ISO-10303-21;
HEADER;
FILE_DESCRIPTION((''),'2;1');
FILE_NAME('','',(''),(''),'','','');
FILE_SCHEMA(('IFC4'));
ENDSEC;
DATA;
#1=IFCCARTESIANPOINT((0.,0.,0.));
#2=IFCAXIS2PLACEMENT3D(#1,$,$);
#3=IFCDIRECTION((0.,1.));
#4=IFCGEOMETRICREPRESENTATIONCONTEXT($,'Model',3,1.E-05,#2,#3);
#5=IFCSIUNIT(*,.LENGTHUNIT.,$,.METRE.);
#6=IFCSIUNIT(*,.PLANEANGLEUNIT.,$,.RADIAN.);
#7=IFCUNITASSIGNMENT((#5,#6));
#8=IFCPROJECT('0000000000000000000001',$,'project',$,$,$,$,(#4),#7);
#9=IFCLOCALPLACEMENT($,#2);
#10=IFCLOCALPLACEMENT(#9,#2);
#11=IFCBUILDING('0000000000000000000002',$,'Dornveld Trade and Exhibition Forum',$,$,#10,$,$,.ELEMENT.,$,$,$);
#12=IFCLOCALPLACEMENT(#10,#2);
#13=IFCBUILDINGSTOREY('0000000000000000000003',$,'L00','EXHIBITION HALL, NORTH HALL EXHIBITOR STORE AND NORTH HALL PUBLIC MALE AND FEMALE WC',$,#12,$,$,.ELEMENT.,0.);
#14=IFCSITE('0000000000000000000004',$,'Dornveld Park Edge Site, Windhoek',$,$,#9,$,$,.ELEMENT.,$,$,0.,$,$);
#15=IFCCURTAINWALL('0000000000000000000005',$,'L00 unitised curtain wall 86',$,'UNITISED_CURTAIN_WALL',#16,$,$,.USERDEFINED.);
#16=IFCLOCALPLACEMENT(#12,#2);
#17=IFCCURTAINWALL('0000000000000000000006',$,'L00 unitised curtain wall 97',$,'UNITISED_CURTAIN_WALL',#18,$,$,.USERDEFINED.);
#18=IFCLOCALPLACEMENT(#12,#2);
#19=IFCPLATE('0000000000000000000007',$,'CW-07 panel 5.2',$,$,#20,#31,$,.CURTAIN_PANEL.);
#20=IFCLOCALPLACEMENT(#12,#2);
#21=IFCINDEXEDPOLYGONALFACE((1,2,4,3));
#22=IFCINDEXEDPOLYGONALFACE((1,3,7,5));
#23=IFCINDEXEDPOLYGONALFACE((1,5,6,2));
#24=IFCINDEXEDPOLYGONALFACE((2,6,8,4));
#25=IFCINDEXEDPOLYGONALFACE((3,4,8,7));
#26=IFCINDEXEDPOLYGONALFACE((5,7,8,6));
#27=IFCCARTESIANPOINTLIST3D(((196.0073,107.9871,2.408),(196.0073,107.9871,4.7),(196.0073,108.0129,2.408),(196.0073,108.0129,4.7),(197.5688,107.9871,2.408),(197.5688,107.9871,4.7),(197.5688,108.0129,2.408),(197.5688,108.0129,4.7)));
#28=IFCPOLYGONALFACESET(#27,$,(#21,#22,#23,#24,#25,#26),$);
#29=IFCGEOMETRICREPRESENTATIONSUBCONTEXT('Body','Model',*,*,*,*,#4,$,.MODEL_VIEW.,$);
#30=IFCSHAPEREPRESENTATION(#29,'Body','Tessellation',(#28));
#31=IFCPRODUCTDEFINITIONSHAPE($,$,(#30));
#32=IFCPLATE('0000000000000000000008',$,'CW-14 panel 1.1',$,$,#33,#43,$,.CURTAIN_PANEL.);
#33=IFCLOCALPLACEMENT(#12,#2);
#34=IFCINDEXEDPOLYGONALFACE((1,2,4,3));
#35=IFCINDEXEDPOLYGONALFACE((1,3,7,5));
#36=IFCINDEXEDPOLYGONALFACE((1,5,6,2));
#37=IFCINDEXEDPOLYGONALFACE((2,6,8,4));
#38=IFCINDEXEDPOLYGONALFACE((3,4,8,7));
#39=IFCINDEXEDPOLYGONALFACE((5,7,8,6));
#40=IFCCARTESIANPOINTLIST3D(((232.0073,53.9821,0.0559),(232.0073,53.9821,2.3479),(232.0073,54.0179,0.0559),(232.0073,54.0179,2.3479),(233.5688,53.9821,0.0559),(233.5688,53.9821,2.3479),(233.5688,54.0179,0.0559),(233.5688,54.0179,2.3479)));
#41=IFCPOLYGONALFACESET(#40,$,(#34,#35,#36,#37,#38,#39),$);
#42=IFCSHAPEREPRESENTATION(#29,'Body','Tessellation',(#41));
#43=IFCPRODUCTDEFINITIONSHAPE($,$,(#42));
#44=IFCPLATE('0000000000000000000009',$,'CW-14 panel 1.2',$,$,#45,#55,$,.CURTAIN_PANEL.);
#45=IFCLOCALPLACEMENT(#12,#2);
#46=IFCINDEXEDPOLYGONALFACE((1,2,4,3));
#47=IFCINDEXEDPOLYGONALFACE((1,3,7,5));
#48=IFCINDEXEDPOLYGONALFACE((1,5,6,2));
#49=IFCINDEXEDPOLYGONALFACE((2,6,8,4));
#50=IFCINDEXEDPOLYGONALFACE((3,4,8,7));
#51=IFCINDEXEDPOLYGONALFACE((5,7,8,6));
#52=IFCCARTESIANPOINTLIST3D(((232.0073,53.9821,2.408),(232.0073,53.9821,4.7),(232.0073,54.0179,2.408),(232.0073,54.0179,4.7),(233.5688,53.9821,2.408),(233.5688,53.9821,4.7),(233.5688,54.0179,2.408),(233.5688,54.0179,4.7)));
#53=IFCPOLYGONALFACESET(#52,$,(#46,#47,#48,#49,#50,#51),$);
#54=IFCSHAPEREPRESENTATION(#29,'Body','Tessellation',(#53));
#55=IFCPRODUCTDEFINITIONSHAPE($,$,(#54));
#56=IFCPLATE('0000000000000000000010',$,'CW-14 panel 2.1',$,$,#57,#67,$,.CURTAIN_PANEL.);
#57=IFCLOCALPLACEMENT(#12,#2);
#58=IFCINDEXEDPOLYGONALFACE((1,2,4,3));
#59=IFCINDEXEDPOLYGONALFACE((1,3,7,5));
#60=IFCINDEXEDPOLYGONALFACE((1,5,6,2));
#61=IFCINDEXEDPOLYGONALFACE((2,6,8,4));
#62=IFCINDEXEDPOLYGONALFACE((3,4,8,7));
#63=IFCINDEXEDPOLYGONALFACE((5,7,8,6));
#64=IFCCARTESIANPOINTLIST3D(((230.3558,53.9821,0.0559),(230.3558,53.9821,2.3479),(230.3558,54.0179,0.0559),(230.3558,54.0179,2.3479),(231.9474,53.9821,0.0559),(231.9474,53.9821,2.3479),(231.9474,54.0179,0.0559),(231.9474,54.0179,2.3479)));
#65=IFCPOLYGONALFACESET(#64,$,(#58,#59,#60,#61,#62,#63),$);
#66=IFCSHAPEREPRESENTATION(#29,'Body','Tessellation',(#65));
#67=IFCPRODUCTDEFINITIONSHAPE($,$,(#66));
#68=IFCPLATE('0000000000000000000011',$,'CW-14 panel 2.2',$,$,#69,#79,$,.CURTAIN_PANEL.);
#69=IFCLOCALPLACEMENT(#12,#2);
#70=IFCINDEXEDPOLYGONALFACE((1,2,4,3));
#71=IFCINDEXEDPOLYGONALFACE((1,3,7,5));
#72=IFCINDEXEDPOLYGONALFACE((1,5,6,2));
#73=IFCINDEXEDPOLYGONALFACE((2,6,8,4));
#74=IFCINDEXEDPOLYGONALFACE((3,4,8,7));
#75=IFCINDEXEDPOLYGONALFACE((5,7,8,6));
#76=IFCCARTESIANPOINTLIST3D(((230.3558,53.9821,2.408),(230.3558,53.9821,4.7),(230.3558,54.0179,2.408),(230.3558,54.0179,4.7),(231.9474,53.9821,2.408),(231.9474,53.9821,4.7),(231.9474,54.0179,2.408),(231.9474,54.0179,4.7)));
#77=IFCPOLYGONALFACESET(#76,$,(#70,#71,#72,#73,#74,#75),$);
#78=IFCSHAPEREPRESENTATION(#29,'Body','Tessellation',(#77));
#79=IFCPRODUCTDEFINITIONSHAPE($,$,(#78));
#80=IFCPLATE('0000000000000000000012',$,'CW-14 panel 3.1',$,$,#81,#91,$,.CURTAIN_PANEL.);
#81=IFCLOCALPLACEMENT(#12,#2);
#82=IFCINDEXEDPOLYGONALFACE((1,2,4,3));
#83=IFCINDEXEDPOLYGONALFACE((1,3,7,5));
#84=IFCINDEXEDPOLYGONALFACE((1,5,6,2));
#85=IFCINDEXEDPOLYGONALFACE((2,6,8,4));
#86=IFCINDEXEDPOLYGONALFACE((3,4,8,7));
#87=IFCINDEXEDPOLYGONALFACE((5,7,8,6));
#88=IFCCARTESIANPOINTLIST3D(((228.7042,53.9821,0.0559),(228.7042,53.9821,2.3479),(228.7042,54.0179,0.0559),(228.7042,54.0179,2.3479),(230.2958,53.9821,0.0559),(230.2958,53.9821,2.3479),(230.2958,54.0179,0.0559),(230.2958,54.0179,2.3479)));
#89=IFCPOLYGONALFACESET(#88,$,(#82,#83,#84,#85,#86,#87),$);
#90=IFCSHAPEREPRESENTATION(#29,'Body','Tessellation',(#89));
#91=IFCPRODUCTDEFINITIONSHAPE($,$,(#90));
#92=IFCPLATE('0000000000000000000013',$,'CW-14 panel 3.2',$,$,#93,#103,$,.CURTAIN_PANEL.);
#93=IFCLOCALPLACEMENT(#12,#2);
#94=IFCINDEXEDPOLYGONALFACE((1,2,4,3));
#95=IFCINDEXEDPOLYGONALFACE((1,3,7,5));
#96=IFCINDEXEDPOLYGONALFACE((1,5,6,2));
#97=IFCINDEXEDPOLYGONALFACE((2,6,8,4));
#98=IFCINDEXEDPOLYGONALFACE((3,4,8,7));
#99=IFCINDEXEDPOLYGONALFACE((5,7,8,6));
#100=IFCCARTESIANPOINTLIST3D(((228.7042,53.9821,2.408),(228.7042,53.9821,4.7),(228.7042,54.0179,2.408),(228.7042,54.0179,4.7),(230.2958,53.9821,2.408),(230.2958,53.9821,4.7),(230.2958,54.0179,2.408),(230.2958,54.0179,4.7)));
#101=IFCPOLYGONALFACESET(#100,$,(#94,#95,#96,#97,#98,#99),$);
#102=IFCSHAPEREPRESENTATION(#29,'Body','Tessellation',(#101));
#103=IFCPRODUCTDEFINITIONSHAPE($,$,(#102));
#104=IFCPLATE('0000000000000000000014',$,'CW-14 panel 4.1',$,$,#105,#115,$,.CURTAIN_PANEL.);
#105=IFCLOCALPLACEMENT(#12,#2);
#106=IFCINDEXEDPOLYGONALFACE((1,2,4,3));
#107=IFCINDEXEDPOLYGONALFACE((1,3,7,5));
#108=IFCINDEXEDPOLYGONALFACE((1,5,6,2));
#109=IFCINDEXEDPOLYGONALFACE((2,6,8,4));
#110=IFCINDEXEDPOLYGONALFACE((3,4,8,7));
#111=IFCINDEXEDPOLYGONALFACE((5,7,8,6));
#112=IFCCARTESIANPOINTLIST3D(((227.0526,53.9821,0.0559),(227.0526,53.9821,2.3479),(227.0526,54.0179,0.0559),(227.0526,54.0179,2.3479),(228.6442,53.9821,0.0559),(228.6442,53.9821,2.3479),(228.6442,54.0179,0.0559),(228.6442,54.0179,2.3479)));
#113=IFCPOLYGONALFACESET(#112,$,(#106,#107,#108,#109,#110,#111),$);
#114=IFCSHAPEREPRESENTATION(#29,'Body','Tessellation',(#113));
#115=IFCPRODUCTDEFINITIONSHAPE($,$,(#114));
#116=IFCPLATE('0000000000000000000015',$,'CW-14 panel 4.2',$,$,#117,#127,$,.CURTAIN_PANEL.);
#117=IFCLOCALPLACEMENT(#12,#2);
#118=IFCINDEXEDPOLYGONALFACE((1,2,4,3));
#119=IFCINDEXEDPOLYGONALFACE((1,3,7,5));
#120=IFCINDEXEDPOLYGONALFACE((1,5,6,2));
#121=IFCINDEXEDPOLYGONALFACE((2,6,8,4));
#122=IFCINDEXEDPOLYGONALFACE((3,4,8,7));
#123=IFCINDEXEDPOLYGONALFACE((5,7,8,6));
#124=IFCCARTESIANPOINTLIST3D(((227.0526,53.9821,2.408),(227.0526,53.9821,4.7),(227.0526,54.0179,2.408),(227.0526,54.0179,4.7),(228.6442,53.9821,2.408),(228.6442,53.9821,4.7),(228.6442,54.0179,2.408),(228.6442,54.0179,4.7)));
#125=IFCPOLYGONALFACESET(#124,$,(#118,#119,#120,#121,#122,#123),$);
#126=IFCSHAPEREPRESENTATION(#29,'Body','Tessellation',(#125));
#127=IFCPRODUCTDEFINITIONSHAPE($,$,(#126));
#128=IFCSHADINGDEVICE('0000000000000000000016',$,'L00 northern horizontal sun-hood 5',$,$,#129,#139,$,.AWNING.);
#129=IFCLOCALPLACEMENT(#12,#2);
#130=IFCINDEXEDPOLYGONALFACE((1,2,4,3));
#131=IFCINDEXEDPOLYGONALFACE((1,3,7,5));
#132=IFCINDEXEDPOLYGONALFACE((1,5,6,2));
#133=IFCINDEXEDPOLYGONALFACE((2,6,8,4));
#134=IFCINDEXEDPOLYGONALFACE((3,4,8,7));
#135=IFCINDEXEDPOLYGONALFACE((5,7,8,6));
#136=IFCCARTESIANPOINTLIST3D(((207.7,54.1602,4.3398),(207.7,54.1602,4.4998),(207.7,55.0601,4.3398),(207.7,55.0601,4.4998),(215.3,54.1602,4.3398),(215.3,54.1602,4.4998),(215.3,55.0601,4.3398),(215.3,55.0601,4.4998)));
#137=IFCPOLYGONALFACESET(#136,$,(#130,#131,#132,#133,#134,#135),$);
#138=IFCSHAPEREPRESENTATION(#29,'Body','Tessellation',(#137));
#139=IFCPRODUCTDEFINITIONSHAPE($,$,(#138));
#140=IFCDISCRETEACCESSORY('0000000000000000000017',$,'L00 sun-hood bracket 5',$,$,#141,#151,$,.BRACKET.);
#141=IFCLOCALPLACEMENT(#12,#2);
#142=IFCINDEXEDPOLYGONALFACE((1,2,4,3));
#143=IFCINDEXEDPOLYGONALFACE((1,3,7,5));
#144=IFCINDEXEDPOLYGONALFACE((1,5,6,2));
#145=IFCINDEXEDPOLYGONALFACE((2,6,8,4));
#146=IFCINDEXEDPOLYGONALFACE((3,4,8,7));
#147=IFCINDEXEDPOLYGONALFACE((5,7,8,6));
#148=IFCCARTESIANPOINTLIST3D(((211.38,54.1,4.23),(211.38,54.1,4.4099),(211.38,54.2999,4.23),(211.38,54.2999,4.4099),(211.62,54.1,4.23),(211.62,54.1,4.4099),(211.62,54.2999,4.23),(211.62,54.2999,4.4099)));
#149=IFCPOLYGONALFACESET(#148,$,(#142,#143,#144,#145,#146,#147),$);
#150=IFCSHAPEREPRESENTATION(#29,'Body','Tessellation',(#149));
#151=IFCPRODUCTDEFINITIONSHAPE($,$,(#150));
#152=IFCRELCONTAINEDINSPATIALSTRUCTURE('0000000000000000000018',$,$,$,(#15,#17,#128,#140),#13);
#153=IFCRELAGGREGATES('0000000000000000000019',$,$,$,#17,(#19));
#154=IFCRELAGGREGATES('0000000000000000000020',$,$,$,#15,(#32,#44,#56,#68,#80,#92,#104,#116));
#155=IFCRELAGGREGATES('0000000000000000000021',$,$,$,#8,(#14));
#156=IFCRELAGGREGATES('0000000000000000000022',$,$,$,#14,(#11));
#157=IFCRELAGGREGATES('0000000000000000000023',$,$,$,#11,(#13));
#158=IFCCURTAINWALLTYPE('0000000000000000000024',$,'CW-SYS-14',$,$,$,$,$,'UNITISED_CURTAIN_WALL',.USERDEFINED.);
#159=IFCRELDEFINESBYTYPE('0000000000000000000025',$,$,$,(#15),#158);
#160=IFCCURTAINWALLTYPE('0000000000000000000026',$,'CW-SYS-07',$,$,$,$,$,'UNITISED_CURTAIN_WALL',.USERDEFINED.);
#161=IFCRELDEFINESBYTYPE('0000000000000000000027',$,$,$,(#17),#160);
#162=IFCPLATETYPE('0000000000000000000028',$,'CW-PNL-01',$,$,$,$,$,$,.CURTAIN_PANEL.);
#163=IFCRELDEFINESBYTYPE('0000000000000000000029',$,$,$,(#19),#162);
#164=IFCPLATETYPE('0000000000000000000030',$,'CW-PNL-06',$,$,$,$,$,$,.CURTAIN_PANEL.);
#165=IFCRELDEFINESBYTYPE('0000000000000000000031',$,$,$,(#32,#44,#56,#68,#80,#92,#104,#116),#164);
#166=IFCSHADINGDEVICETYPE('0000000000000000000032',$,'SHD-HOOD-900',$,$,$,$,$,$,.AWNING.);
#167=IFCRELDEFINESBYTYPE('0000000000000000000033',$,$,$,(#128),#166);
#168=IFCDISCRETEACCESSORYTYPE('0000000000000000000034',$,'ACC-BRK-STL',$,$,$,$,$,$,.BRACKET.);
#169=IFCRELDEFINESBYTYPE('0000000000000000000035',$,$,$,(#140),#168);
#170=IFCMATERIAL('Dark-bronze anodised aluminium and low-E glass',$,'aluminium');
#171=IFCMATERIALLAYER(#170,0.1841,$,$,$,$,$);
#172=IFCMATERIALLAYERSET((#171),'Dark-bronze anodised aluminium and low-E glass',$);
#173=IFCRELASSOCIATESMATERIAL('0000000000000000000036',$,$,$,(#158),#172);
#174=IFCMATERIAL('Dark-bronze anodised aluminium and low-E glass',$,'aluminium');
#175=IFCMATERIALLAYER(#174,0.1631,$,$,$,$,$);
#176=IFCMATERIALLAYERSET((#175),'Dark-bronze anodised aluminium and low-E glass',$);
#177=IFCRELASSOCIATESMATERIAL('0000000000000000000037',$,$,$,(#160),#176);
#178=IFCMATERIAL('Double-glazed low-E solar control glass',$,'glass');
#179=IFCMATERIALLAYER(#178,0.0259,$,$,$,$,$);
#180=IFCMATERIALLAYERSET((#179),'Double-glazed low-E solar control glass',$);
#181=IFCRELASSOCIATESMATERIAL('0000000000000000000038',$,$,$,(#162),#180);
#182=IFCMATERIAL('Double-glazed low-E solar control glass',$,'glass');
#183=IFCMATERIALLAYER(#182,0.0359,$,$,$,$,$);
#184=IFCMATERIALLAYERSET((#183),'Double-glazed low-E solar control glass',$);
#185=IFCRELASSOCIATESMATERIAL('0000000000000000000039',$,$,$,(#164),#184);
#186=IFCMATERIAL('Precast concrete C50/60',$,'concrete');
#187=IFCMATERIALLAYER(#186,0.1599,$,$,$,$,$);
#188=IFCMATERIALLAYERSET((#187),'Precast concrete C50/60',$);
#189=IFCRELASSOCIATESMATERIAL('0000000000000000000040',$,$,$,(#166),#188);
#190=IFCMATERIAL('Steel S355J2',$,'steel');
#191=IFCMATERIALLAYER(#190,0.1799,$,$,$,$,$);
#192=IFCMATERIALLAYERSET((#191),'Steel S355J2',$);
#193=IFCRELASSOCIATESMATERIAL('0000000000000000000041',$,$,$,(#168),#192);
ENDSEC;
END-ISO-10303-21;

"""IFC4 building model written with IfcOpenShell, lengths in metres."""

from ifc_helpers import new_model, si_unit, direction, frame, origin, origin_2d, place, context, subcontext, project, spatial, rectangle, extrude, material, layer, layer_set, type_object, element, aggregate, save


model = new_model("IFC4")

# Units and contexts
model_context = context("Model", 3, precision=1e-05, world=origin(), true_north=direction((0.0, 1.0)))
body_context = subcontext(model_context, "Body", "Model", "MODEL_VIEW")
ifc_project = project(units=[si_unit("LENGTHUNIT", "METRE"), si_unit("PLANEANGLEUNIT", "RADIAN")], contexts=[model_context])

# Site, building, storey
site_placement = place(None, origin())
site = spatial("IfcSite", under=ifc_project, at=site_placement, Name="Dornveld Park Edge Site, Windhoek", CompositionType="ELEMENT", RefElevation=0.0)
building_placement = place(site_placement, origin())
building = spatial("IfcBuilding", under=site, at=building_placement, Name="Dornveld Trade and Exhibition Forum", CompositionType="ELEMENT")
storey_placement = place(building_placement, origin())
storey = spatial("IfcBuildingStorey", under=building, at=storey_placement, Name="L00", Description="EXHIBITION HALL, NORTH HALL EXHIBITOR STORE AND NORTH HALL PUBLIC MALE AND FEMALE WC", CompositionType="ELEMENT", Elevation=0.0)

# Curtain wall
ifc_material_1 = material(Name="Dark-bronze anodised aluminium and low-E glass", Category="aluminium")
ifc_layer_1 = layer(ifc_material_1, 0.1841)
ifc_layer_set_1 = layer_set([ifc_layer_1], Name="Dark-bronze anodised aluminium and low-E glass")
curtain_wall_type_1 = type_object("IfcCurtainWallType", Name="CW-SYS-14", ElementType="UNITISED_CURTAIN_WALL", PredefinedType="USERDEFINED", material=ifc_layer_set_1)
curtain_wall_1_placement = place(storey_placement, origin())
curtain_wall_1 = element("IfcCurtainWall", 1, at=curtain_wall_1_placement, inside=storey, type_object=curtain_wall_type_1, Name="L00 unitised curtain wall 86", ObjectType="UNITISED_CURTAIN_WALL", PredefinedType="USERDEFINED")

# Curtain wall
ifc_material_2 = material(Name="Dark-bronze anodised aluminium and low-E glass", Category="aluminium")
ifc_layer_2 = layer(ifc_material_2, 0.1631)
ifc_layer_set_2 = layer_set([ifc_layer_2], Name="Dark-bronze anodised aluminium and low-E glass")
curtain_wall_type_2 = type_object("IfcCurtainWallType", Name="CW-SYS-07", ElementType="UNITISED_CURTAIN_WALL", PredefinedType="USERDEFINED", material=ifc_layer_set_2)
curtain_wall_2_placement = place(storey_placement, origin())
curtain_wall_2 = element("IfcCurtainWall", 2, at=curtain_wall_2_placement, inside=storey, type_object=curtain_wall_type_2, Name="L00 unitised curtain wall 97", ObjectType="UNITISED_CURTAIN_WALL", PredefinedType="USERDEFINED")

# Plates
ifc_material_3 = material(Name="Double-glazed low-E solar control glass", Category="glass")
ifc_layer_3 = layer(ifc_material_3, 0.0259)
ifc_layer_set_3 = layer_set([ifc_layer_3], Name="Double-glazed low-E solar control glass")
plate_type_1 = type_object("IfcPlateType", Name="CW-PNL-01", PredefinedType="CURTAIN_PANEL", material=ifc_layer_set_3)
plate_1_placement = place(storey_placement, frame((196.7881, 108.0, 2.408), z_axis=(0.0, 0.0, 1.0), x_axis=(1.0, 0.0, 0.0)))
plate_1 = element("IfcPlate", 3, at=plate_1_placement, type_object=plate_type_1, Name="CW-07 panel 5.2", PredefinedType="CURTAIN_PANEL", context=body_context, shape_type="SweptSolid", body=[
    extrude(rectangle(XDim=1.5615, YDim=0.0259, at=origin_2d()), origin(), (0.0, 0.0, 1.0), 2.292),
])
aggregate(curtain_wall_2, [plate_1])
ifc_material_4 = material(Name="Double-glazed low-E solar control glass", Category="glass")
ifc_layer_4 = layer(ifc_material_4, 0.0359)
ifc_layer_set_4 = layer_set([ifc_layer_4], Name="Double-glazed low-E solar control glass")
plate_type_2 = type_object("IfcPlateType", Name="CW-PNL-06", PredefinedType="CURTAIN_PANEL", material=ifc_layer_set_4)
plate_2_placement = place(storey_placement, frame((232.7881, 54.0, 0.0559), z_axis=(0.0, 0.0, 1.0), x_axis=(-1.0, 0.0, 0.0)))
plate_2 = element("IfcPlate", 4, at=plate_2_placement, type_object=plate_type_2, Name="CW-14 panel 1.1", PredefinedType="CURTAIN_PANEL", context=body_context, shape_type="SweptSolid", body=[
    extrude(rectangle(XDim=1.5615, YDim=0.0359, at=origin_2d()), origin(), (0.0, 0.0, 1.0), 2.292),
])
plate_3_placement = place(storey_placement, frame((232.7881, 54.0, 2.408), z_axis=(0.0, 0.0, 1.0), x_axis=(-1.0, 0.0, 0.0)))
plate_3 = element("IfcPlate", 5, at=plate_3_placement, type_object=plate_type_2, Name="CW-14 panel 1.2", PredefinedType="CURTAIN_PANEL", context=body_context, shape_type="SweptSolid", body=[
    extrude(rectangle(XDim=1.5615, YDim=0.0359, at=origin_2d()), origin(), (0.0, 0.0, 1.0), 2.292),
])
plate_4_placement = place(storey_placement, frame((231.1516, 54.0, 0.0559), z_axis=(0.0, 0.0, 1.0), x_axis=(-1.0, 0.0, 0.0)))
plate_4 = element("IfcPlate", 6, at=plate_4_placement, type_object=plate_type_2, Name="CW-14 panel 2.1", PredefinedType="CURTAIN_PANEL", context=body_context, shape_type="SweptSolid", body=[
    extrude(rectangle(XDim=1.5916, YDim=0.0359, at=origin_2d()), origin(), (0.0, 0.0, 1.0), 2.292),
])
plate_5_placement = place(storey_placement, frame((231.1516, 54.0, 2.408), z_axis=(0.0, 0.0, 1.0), x_axis=(-1.0, 0.0, 0.0)))
plate_5 = element("IfcPlate", 7, at=plate_5_placement, type_object=plate_type_2, Name="CW-14 panel 2.2", PredefinedType="CURTAIN_PANEL", context=body_context, shape_type="SweptSolid", body=[
    extrude(rectangle(XDim=1.5916, YDim=0.0359, at=origin_2d()), origin(), (0.0, 0.0, 1.0), 2.292),
])
plate_6_placement = place(storey_placement, frame((229.5, 54.0, 0.0559), z_axis=(0.0, 0.0, 1.0), x_axis=(-1.0, 0.0, 0.0)))
plate_6 = element("IfcPlate", 8, at=plate_6_placement, type_object=plate_type_2, Name="CW-14 panel 3.1", PredefinedType="CURTAIN_PANEL", context=body_context, shape_type="SweptSolid", body=[
    extrude(rectangle(XDim=1.5916, YDim=0.0359, at=origin_2d()), origin(), (0.0, 0.0, 1.0), 2.292),
])
plate_7_placement = place(storey_placement, frame((229.5, 54.0, 2.408), z_axis=(0.0, 0.0, 1.0), x_axis=(-1.0, 0.0, 0.0)))
plate_7 = element("IfcPlate", 9, at=plate_7_placement, type_object=plate_type_2, Name="CW-14 panel 3.2", PredefinedType="CURTAIN_PANEL", context=body_context, shape_type="SweptSolid", body=[
    extrude(rectangle(XDim=1.5916, YDim=0.0359, at=origin_2d()), origin(), (0.0, 0.0, 1.0), 2.292),
])
plate_8_placement = place(storey_placement, frame((227.8484, 54.0, 0.0559), z_axis=(0.0, 0.0, 1.0), x_axis=(-1.0, 0.0, 0.0)))
plate_8 = element("IfcPlate", 10, at=plate_8_placement, type_object=plate_type_2, Name="CW-14 panel 4.1", PredefinedType="CURTAIN_PANEL", context=body_context, shape_type="SweptSolid", body=[
    extrude(rectangle(XDim=1.5916, YDim=0.0359, at=origin_2d()), origin(), (0.0, 0.0, 1.0), 2.292),
])
plate_9_placement = place(storey_placement, frame((227.8484, 54.0, 2.408), z_axis=(0.0, 0.0, 1.0), x_axis=(-1.0, 0.0, 0.0)))
plate_9 = element("IfcPlate", 11, at=plate_9_placement, type_object=plate_type_2, Name="CW-14 panel 4.2", PredefinedType="CURTAIN_PANEL", context=body_context, shape_type="SweptSolid", body=[
    extrude(rectangle(XDim=1.5916, YDim=0.0359, at=origin_2d()), origin(), (0.0, 0.0, 1.0), 2.292),
])
aggregate(curtain_wall_1, [plate_2, plate_3, plate_4, plate_5, plate_6, plate_7, plate_8, plate_9])

# Shading device
ifc_material_5 = material(Name="Precast concrete C50/60", Category="concrete")
ifc_layer_5 = layer(ifc_material_5, 0.1599)
ifc_layer_set_5 = layer_set([ifc_layer_5], Name="Precast concrete C50/60")
shading_device_type = type_object("IfcShadingDeviceType", Name="SHD-HOOD-900", PredefinedType="AWNING", material=ifc_layer_set_5)
shading_device_placement = place(storey_placement, frame((211.5, 54.6101, 4.3398), z_axis=(0.0, 0.0, 1.0), x_axis=(-1.0, 0.0, 0.0)))
element("IfcShadingDevice", 12, at=shading_device_placement, inside=storey, type_object=shading_device_type, Name="L00 northern horizontal sun-hood 5", PredefinedType="AWNING", context=body_context, shape_type="SweptSolid", body=[
    extrude(rectangle(XDim=7.6001, YDim=0.8999, at=origin_2d()), origin(), (0.0, 0.0, 1.0), 0.1599),
])

# Discrete accessory
ifc_material_6 = material(Name="Steel S355J2", Category="steel")
ifc_layer_6 = layer(ifc_material_6, 0.1799)
ifc_layer_set_6 = layer_set([ifc_layer_6], Name="Steel S355J2")
discrete_accessory_type = type_object("IfcDiscreteAccessoryType", Name="ACC-BRK-STL", PredefinedType="BRACKET", material=ifc_layer_set_6)
discrete_accessory_placement = place(storey_placement, frame((211.5, 54.2, 4.23), z_axis=(0.0, 0.0, 1.0), x_axis=(-1.0, 0.0, 0.0)))
element("IfcDiscreteAccessory", 13, at=discrete_accessory_placement, inside=storey, type_object=discrete_accessory_type, Name="L00 sun-hood bracket 5", PredefinedType="BRACKET", context=body_context, shape_type="SweptSolid", body=[
    extrude(rectangle(XDim=0.24, YDim=0.2, at=origin_2d()), origin(), (0.0, 0.0, 1.0), 0.1799),
])

save(model, "model.ifc")
